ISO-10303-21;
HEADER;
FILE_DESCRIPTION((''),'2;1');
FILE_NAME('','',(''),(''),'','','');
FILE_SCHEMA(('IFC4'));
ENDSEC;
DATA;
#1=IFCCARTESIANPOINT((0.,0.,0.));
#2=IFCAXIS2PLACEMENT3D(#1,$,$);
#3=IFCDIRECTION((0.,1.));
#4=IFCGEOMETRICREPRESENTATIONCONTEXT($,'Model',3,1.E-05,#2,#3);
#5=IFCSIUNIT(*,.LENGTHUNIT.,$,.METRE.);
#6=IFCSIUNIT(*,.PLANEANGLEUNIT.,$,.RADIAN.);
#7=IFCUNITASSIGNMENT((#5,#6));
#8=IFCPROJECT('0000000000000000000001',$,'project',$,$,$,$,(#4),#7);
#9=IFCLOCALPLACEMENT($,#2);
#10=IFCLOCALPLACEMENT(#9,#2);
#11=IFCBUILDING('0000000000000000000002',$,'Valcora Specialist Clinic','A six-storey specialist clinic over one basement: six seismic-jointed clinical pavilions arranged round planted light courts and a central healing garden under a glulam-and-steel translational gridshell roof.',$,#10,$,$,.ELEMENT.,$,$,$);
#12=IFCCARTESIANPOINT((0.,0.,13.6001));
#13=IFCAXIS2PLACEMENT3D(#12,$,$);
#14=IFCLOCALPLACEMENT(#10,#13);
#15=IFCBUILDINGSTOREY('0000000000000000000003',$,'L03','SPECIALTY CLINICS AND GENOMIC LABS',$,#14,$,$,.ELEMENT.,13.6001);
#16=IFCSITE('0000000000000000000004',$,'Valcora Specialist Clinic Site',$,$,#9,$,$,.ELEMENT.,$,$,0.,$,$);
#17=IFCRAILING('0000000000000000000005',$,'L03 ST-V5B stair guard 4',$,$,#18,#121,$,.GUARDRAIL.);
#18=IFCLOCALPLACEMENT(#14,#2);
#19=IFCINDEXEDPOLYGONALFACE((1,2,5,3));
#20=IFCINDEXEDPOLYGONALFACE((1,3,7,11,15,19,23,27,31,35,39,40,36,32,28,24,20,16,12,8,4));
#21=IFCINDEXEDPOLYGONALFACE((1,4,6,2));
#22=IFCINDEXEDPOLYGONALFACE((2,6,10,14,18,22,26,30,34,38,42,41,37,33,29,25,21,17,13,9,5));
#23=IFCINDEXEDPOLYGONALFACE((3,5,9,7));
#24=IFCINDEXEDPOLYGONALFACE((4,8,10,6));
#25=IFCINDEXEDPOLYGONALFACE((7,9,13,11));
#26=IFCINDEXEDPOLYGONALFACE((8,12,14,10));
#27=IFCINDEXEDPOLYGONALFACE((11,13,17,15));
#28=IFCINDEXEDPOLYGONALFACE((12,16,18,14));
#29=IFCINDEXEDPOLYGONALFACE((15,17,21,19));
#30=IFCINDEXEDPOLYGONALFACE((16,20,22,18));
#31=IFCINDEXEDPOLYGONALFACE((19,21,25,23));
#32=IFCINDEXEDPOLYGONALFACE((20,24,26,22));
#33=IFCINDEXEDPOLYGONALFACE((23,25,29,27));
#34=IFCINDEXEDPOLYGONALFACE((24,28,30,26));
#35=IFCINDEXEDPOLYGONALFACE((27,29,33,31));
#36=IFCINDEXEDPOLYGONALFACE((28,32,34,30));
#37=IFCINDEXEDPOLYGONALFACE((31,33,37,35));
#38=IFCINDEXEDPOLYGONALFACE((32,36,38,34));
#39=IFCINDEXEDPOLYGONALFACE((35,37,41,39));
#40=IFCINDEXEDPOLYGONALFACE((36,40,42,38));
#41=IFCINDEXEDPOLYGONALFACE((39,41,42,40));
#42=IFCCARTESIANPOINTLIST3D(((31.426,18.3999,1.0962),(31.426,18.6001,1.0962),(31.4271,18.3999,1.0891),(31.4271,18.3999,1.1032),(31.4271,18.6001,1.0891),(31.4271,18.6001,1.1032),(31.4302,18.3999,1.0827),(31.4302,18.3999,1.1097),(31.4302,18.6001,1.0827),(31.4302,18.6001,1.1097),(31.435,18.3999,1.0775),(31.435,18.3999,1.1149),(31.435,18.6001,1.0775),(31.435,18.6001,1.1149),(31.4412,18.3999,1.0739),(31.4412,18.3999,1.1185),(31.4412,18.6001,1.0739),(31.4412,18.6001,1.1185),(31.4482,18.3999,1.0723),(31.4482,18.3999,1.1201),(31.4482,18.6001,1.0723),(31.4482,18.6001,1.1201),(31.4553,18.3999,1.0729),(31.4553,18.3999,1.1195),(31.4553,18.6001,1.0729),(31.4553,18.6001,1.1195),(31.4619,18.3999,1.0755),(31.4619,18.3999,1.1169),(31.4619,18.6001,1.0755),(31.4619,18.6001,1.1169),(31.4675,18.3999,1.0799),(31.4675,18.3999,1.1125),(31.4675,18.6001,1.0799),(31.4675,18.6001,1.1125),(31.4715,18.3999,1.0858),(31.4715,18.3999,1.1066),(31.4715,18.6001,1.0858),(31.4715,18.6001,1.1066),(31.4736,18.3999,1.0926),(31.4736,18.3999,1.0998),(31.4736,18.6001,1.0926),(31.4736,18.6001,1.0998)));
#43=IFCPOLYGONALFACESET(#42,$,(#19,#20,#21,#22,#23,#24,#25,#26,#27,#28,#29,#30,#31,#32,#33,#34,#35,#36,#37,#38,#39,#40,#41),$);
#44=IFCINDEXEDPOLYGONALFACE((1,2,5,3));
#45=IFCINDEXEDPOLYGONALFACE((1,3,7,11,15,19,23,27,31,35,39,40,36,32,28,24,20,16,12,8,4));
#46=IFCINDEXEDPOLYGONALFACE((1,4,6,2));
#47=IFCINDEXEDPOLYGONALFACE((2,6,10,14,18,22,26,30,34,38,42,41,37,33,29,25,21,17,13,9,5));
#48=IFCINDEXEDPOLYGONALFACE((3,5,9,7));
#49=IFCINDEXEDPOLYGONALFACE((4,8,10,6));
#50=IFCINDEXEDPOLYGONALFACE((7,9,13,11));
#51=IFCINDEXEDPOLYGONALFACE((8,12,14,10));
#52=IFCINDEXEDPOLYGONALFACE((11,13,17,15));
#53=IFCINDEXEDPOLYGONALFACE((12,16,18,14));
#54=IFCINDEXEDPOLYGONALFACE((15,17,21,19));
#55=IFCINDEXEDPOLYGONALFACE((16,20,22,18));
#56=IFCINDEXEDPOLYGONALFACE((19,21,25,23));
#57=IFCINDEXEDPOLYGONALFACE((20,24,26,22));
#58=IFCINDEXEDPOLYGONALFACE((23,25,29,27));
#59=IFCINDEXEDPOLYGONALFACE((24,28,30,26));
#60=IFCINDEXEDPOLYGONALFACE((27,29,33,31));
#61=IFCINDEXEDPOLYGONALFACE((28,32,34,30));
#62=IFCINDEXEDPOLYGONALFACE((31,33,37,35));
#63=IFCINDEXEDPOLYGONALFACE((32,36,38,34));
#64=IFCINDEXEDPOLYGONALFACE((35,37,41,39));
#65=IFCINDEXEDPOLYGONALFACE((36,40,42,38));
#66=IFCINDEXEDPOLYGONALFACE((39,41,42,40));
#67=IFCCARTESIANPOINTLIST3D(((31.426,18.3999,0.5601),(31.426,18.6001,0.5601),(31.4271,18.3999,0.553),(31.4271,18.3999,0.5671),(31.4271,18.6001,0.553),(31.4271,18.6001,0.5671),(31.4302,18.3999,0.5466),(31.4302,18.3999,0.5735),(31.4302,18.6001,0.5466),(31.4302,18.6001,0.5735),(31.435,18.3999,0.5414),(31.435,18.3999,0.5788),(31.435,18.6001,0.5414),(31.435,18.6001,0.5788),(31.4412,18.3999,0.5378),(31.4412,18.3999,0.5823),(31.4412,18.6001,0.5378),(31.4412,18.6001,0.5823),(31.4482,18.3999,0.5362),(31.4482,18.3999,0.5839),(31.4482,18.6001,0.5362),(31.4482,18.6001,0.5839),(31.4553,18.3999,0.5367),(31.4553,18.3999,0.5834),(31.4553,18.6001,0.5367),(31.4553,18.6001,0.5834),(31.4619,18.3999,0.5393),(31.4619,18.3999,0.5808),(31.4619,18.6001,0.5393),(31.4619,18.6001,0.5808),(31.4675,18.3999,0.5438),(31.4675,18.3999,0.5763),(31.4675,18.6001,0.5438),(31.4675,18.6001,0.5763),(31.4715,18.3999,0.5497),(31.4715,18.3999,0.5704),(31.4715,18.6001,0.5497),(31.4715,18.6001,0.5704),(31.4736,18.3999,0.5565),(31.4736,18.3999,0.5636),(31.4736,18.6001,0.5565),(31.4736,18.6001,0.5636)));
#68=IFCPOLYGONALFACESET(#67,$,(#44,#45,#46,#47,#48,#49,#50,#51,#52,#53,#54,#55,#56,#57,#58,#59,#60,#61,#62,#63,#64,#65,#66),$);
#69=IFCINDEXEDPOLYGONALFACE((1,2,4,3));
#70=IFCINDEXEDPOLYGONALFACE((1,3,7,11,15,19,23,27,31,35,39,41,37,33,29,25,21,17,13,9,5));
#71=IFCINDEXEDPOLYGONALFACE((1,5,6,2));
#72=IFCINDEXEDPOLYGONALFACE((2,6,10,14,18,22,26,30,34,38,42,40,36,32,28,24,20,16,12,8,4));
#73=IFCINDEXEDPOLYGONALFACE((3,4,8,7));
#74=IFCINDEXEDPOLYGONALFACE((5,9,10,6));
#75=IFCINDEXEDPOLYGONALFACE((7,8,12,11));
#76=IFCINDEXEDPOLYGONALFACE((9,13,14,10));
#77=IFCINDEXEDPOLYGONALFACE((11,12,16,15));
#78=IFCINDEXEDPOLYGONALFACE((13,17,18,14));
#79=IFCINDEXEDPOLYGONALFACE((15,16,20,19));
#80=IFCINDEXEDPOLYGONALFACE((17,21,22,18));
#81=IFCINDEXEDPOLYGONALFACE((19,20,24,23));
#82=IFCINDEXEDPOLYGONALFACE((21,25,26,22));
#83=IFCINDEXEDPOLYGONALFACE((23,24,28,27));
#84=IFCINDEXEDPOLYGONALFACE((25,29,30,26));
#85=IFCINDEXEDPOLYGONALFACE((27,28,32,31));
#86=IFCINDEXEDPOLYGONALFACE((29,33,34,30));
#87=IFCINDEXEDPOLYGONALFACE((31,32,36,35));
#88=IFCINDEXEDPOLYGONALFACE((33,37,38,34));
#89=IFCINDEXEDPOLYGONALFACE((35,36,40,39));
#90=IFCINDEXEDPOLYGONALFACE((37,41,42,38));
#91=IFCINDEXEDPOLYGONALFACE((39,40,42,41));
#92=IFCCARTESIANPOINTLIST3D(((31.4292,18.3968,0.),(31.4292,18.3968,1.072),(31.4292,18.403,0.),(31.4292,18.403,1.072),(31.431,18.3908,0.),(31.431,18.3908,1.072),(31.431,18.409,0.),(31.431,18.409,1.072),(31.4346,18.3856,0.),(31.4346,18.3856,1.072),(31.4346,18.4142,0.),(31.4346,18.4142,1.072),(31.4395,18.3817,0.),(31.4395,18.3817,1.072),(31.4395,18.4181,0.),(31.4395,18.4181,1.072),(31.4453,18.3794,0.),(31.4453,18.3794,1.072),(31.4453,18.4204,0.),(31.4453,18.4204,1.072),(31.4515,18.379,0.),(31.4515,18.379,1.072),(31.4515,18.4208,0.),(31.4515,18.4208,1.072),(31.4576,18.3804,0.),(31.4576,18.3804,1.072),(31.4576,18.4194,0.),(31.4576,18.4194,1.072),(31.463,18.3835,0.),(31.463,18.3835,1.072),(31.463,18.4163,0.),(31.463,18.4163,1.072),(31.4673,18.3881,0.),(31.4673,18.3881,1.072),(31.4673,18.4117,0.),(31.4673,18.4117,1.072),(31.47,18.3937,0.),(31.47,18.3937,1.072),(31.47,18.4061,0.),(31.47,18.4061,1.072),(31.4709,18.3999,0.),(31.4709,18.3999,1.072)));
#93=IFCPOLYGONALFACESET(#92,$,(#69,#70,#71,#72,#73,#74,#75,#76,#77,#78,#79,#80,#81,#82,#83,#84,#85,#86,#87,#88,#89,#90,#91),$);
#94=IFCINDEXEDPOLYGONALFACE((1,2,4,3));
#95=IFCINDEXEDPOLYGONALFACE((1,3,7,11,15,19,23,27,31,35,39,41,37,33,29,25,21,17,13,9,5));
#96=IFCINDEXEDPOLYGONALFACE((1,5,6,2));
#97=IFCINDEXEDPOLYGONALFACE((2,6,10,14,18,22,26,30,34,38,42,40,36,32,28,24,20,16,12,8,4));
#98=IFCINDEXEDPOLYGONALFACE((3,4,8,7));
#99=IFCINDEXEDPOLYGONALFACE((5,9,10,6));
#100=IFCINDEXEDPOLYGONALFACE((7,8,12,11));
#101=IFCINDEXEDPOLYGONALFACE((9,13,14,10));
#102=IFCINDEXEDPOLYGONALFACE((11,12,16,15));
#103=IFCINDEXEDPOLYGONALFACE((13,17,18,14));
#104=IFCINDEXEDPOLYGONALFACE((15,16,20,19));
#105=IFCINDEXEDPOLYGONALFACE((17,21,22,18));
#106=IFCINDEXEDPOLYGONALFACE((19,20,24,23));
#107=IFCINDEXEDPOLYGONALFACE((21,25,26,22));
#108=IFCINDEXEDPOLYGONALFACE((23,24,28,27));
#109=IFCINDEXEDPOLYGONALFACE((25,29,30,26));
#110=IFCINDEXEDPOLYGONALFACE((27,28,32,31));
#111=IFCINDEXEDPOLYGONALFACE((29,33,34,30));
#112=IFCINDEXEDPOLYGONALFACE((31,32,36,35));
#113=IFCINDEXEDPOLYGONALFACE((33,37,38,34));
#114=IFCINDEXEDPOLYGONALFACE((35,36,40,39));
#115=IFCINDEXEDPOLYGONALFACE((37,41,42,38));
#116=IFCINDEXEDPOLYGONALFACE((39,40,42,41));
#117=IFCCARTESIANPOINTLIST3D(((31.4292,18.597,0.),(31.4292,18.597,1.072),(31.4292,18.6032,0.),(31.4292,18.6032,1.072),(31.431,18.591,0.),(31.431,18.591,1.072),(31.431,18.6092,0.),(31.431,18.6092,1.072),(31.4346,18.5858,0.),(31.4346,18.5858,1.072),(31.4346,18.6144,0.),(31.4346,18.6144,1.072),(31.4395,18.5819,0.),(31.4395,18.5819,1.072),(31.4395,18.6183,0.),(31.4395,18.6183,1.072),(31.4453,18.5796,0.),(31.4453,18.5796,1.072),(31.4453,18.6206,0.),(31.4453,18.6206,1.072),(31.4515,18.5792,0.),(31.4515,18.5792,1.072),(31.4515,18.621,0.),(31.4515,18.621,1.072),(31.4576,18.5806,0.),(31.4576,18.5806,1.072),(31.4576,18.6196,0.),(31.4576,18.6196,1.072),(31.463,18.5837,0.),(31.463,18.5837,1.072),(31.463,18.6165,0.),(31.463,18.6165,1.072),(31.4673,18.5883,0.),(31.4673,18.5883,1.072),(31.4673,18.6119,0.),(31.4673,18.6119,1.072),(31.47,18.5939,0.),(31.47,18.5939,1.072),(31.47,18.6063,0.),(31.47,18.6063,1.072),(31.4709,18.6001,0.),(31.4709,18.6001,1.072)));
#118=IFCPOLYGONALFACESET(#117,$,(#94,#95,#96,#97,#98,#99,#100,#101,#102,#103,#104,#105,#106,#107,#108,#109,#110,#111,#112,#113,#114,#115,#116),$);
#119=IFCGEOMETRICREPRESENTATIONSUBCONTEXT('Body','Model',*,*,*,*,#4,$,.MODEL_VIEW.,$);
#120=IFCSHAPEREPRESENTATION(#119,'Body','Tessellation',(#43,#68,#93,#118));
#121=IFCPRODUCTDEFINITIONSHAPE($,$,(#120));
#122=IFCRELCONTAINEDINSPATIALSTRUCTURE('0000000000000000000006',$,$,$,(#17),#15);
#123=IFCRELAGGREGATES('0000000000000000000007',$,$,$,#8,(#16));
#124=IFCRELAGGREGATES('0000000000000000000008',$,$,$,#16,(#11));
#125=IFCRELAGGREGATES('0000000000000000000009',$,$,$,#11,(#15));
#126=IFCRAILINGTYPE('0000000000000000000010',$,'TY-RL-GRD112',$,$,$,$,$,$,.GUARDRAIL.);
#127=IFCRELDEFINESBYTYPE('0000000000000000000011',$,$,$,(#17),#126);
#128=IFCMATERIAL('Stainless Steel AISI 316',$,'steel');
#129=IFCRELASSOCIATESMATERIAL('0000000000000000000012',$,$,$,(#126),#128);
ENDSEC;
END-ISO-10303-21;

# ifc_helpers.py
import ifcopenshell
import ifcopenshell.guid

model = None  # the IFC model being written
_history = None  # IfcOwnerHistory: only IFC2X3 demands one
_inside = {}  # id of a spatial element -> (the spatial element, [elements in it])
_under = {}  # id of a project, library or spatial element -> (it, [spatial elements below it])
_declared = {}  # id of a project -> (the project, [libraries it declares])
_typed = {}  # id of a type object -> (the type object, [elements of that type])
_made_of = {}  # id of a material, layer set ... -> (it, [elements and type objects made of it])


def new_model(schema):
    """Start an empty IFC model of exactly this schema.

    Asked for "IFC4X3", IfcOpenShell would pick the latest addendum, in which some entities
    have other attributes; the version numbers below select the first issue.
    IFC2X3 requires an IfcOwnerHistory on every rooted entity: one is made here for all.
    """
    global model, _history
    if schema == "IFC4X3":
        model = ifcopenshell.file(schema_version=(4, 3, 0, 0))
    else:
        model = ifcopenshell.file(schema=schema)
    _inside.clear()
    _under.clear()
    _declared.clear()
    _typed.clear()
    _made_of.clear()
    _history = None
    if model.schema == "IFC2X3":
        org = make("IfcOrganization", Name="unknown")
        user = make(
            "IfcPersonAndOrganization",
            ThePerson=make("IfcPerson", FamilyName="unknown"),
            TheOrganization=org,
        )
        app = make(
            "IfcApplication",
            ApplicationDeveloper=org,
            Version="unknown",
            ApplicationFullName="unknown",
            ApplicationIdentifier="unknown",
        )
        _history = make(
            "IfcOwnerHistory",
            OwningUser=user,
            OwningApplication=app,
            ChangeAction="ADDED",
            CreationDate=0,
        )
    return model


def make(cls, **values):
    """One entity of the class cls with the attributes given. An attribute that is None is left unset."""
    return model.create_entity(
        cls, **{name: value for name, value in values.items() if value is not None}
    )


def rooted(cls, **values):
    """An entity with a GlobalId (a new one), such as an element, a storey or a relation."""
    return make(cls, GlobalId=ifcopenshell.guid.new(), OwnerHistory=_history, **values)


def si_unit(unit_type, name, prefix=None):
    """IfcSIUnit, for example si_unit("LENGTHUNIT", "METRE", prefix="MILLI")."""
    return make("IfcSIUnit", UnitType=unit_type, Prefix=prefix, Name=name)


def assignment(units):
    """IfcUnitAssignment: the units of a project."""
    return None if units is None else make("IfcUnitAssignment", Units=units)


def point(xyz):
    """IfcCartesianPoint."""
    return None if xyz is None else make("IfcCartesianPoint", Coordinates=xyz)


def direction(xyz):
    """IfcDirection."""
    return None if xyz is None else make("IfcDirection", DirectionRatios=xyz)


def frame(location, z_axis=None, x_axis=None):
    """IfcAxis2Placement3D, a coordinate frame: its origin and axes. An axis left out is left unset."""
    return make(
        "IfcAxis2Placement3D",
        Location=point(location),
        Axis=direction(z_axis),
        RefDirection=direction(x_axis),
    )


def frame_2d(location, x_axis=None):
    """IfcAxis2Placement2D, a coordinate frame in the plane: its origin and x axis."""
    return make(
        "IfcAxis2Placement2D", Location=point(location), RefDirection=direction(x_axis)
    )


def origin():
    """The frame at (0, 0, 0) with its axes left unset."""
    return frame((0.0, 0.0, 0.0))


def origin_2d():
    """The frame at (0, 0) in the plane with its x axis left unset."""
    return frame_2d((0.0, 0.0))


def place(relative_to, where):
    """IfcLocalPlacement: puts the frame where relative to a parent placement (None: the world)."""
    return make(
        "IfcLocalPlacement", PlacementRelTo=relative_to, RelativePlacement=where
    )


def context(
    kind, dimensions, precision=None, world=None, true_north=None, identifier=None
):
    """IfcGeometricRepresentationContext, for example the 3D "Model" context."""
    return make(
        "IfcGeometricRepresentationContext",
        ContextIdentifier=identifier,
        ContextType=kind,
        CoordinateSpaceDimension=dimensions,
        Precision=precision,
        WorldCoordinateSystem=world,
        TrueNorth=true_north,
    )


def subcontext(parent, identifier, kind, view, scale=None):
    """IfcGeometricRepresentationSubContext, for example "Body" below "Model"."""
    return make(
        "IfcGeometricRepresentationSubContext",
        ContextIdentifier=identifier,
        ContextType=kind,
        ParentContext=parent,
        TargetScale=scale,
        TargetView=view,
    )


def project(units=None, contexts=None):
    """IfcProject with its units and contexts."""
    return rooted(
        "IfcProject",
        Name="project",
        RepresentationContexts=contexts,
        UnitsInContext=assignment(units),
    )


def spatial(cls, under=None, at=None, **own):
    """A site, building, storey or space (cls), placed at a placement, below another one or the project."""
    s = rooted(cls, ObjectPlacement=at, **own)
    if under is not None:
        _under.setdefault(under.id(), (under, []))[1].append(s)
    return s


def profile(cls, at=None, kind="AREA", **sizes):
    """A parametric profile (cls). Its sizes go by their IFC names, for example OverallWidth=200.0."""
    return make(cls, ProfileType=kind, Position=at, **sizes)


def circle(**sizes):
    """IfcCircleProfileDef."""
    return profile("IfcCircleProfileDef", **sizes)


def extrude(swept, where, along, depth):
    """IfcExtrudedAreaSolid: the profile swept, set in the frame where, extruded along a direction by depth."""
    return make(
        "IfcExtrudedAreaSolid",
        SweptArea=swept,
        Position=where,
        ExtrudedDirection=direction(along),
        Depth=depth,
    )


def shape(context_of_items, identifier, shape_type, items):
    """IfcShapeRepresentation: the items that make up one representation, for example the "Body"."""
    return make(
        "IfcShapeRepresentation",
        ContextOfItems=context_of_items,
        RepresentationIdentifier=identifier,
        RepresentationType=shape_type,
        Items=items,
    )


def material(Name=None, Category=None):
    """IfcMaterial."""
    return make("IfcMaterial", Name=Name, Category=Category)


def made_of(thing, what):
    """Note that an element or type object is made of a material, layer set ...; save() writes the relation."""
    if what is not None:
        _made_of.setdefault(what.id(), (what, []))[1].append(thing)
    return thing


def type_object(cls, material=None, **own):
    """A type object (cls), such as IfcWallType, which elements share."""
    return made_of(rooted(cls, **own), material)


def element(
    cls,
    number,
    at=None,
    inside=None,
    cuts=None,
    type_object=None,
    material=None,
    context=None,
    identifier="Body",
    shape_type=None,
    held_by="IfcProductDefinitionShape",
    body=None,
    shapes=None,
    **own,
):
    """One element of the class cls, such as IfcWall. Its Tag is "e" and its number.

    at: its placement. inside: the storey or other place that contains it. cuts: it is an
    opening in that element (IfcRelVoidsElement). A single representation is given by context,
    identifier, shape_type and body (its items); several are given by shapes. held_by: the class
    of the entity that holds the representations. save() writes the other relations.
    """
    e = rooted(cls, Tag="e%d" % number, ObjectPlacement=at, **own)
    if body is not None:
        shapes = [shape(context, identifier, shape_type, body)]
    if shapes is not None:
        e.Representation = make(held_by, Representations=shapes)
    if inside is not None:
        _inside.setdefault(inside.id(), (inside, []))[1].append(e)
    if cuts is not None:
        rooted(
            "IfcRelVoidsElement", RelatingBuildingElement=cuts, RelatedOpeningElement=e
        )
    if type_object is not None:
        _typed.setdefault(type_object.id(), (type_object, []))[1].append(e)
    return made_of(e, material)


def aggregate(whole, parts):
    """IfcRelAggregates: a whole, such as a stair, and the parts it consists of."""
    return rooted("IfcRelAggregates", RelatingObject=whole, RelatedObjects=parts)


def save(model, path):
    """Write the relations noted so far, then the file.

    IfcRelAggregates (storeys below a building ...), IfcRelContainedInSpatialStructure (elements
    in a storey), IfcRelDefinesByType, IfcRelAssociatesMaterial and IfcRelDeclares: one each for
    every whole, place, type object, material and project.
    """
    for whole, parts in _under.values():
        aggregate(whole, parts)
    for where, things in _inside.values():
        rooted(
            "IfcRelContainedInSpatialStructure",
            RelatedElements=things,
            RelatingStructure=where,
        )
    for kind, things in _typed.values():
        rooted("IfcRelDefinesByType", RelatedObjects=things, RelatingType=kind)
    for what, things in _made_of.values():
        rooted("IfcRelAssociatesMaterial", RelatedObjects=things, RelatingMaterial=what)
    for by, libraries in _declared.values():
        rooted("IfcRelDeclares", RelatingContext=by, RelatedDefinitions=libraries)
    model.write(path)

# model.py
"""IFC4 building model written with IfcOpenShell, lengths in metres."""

from ifc_helpers import new_model, si_unit, direction, frame, origin, origin_2d, place, context, subcontext, project, spatial, circle, extrude, material, type_object, element, save


model = new_model("IFC4")

# Units and contexts
model_context = context("Model", 3, precision=1e-05, world=origin(), true_north=direction((0.0, 1.0)))
body_context = subcontext(model_context, "Body", "Model", "MODEL_VIEW")
ifc_project = project(units=[si_unit("LENGTHUNIT", "METRE"), si_unit("PLANEANGLEUNIT", "RADIAN")], contexts=[model_context])

# Site, building, storey
site_placement = place(None, origin())
site = spatial("IfcSite", under=ifc_project, at=site_placement, Name="Valcora Specialist Clinic Site", CompositionType="ELEMENT", RefElevation=0.0)
building_placement = place(site_placement, origin())
building = spatial("IfcBuilding", under=site, at=building_placement, Name="Valcora Specialist Clinic", Description="A six-storey specialist clinic over one basement: six seismic-jointed clinical pavilions arranged round planted light courts and a central healing garden under a glulam-and-steel translational gridshell roof.", CompositionType="ELEMENT")
storey_placement = place(building_placement, frame((0.0, 0.0, 13.6001)))
storey = spatial("IfcBuildingStorey", under=building, at=storey_placement, Name="L03", Description="SPECIALTY CLINICS AND GENOMIC LABS", CompositionType="ELEMENT", Elevation=13.6001)

# Shared definitions
ifc_material_1 = material(Name="Stainless Steel AISI 316", Category="steel")

# Railing
railing_type_1 = type_object("IfcRailingType", Name="TY-RL-GRD112", PredefinedType="GUARDRAIL", material=ifc_material_1)
railing_1_placement = place(storey_placement, frame((31.45, 18.3999, 0.0)))
element("IfcRailing", 1, at=railing_1_placement, inside=storey, type_object=railing_type_1, Name="L03 ST-V5B stair guard 4", PredefinedType="GUARDRAIL", context=body_context, shape_type="SweptSolid", body=[
    extrude(circle(Radius=0.0239, at=origin_2d()), frame((0.0, 0.0, 1.0962), z_axis=(0.0, 1.0, 0.0), x_axis=(-1.0, 0.0, 0.0)), (0.0, 0.0, 1.0), 0.2002),
    extrude(circle(Radius=0.0239, at=origin_2d()), frame((0.0, 0.0, 0.5601), z_axis=(0.0, 1.0, 0.0), x_axis=(-1.0, 0.0, 0.0)), (0.0, 0.0, 1.0), 0.2002),
    extrude(circle(Radius=0.021, at=origin_2d()), origin(), (0.0, 0.0, 1.0), 1.072),
    extrude(circle(Radius=0.021, at=origin_2d()), frame((0.0, 0.2002, 0.0)), (0.0, 0.0, 1.0), 1.072),
])

save(model, "model.ifc")
